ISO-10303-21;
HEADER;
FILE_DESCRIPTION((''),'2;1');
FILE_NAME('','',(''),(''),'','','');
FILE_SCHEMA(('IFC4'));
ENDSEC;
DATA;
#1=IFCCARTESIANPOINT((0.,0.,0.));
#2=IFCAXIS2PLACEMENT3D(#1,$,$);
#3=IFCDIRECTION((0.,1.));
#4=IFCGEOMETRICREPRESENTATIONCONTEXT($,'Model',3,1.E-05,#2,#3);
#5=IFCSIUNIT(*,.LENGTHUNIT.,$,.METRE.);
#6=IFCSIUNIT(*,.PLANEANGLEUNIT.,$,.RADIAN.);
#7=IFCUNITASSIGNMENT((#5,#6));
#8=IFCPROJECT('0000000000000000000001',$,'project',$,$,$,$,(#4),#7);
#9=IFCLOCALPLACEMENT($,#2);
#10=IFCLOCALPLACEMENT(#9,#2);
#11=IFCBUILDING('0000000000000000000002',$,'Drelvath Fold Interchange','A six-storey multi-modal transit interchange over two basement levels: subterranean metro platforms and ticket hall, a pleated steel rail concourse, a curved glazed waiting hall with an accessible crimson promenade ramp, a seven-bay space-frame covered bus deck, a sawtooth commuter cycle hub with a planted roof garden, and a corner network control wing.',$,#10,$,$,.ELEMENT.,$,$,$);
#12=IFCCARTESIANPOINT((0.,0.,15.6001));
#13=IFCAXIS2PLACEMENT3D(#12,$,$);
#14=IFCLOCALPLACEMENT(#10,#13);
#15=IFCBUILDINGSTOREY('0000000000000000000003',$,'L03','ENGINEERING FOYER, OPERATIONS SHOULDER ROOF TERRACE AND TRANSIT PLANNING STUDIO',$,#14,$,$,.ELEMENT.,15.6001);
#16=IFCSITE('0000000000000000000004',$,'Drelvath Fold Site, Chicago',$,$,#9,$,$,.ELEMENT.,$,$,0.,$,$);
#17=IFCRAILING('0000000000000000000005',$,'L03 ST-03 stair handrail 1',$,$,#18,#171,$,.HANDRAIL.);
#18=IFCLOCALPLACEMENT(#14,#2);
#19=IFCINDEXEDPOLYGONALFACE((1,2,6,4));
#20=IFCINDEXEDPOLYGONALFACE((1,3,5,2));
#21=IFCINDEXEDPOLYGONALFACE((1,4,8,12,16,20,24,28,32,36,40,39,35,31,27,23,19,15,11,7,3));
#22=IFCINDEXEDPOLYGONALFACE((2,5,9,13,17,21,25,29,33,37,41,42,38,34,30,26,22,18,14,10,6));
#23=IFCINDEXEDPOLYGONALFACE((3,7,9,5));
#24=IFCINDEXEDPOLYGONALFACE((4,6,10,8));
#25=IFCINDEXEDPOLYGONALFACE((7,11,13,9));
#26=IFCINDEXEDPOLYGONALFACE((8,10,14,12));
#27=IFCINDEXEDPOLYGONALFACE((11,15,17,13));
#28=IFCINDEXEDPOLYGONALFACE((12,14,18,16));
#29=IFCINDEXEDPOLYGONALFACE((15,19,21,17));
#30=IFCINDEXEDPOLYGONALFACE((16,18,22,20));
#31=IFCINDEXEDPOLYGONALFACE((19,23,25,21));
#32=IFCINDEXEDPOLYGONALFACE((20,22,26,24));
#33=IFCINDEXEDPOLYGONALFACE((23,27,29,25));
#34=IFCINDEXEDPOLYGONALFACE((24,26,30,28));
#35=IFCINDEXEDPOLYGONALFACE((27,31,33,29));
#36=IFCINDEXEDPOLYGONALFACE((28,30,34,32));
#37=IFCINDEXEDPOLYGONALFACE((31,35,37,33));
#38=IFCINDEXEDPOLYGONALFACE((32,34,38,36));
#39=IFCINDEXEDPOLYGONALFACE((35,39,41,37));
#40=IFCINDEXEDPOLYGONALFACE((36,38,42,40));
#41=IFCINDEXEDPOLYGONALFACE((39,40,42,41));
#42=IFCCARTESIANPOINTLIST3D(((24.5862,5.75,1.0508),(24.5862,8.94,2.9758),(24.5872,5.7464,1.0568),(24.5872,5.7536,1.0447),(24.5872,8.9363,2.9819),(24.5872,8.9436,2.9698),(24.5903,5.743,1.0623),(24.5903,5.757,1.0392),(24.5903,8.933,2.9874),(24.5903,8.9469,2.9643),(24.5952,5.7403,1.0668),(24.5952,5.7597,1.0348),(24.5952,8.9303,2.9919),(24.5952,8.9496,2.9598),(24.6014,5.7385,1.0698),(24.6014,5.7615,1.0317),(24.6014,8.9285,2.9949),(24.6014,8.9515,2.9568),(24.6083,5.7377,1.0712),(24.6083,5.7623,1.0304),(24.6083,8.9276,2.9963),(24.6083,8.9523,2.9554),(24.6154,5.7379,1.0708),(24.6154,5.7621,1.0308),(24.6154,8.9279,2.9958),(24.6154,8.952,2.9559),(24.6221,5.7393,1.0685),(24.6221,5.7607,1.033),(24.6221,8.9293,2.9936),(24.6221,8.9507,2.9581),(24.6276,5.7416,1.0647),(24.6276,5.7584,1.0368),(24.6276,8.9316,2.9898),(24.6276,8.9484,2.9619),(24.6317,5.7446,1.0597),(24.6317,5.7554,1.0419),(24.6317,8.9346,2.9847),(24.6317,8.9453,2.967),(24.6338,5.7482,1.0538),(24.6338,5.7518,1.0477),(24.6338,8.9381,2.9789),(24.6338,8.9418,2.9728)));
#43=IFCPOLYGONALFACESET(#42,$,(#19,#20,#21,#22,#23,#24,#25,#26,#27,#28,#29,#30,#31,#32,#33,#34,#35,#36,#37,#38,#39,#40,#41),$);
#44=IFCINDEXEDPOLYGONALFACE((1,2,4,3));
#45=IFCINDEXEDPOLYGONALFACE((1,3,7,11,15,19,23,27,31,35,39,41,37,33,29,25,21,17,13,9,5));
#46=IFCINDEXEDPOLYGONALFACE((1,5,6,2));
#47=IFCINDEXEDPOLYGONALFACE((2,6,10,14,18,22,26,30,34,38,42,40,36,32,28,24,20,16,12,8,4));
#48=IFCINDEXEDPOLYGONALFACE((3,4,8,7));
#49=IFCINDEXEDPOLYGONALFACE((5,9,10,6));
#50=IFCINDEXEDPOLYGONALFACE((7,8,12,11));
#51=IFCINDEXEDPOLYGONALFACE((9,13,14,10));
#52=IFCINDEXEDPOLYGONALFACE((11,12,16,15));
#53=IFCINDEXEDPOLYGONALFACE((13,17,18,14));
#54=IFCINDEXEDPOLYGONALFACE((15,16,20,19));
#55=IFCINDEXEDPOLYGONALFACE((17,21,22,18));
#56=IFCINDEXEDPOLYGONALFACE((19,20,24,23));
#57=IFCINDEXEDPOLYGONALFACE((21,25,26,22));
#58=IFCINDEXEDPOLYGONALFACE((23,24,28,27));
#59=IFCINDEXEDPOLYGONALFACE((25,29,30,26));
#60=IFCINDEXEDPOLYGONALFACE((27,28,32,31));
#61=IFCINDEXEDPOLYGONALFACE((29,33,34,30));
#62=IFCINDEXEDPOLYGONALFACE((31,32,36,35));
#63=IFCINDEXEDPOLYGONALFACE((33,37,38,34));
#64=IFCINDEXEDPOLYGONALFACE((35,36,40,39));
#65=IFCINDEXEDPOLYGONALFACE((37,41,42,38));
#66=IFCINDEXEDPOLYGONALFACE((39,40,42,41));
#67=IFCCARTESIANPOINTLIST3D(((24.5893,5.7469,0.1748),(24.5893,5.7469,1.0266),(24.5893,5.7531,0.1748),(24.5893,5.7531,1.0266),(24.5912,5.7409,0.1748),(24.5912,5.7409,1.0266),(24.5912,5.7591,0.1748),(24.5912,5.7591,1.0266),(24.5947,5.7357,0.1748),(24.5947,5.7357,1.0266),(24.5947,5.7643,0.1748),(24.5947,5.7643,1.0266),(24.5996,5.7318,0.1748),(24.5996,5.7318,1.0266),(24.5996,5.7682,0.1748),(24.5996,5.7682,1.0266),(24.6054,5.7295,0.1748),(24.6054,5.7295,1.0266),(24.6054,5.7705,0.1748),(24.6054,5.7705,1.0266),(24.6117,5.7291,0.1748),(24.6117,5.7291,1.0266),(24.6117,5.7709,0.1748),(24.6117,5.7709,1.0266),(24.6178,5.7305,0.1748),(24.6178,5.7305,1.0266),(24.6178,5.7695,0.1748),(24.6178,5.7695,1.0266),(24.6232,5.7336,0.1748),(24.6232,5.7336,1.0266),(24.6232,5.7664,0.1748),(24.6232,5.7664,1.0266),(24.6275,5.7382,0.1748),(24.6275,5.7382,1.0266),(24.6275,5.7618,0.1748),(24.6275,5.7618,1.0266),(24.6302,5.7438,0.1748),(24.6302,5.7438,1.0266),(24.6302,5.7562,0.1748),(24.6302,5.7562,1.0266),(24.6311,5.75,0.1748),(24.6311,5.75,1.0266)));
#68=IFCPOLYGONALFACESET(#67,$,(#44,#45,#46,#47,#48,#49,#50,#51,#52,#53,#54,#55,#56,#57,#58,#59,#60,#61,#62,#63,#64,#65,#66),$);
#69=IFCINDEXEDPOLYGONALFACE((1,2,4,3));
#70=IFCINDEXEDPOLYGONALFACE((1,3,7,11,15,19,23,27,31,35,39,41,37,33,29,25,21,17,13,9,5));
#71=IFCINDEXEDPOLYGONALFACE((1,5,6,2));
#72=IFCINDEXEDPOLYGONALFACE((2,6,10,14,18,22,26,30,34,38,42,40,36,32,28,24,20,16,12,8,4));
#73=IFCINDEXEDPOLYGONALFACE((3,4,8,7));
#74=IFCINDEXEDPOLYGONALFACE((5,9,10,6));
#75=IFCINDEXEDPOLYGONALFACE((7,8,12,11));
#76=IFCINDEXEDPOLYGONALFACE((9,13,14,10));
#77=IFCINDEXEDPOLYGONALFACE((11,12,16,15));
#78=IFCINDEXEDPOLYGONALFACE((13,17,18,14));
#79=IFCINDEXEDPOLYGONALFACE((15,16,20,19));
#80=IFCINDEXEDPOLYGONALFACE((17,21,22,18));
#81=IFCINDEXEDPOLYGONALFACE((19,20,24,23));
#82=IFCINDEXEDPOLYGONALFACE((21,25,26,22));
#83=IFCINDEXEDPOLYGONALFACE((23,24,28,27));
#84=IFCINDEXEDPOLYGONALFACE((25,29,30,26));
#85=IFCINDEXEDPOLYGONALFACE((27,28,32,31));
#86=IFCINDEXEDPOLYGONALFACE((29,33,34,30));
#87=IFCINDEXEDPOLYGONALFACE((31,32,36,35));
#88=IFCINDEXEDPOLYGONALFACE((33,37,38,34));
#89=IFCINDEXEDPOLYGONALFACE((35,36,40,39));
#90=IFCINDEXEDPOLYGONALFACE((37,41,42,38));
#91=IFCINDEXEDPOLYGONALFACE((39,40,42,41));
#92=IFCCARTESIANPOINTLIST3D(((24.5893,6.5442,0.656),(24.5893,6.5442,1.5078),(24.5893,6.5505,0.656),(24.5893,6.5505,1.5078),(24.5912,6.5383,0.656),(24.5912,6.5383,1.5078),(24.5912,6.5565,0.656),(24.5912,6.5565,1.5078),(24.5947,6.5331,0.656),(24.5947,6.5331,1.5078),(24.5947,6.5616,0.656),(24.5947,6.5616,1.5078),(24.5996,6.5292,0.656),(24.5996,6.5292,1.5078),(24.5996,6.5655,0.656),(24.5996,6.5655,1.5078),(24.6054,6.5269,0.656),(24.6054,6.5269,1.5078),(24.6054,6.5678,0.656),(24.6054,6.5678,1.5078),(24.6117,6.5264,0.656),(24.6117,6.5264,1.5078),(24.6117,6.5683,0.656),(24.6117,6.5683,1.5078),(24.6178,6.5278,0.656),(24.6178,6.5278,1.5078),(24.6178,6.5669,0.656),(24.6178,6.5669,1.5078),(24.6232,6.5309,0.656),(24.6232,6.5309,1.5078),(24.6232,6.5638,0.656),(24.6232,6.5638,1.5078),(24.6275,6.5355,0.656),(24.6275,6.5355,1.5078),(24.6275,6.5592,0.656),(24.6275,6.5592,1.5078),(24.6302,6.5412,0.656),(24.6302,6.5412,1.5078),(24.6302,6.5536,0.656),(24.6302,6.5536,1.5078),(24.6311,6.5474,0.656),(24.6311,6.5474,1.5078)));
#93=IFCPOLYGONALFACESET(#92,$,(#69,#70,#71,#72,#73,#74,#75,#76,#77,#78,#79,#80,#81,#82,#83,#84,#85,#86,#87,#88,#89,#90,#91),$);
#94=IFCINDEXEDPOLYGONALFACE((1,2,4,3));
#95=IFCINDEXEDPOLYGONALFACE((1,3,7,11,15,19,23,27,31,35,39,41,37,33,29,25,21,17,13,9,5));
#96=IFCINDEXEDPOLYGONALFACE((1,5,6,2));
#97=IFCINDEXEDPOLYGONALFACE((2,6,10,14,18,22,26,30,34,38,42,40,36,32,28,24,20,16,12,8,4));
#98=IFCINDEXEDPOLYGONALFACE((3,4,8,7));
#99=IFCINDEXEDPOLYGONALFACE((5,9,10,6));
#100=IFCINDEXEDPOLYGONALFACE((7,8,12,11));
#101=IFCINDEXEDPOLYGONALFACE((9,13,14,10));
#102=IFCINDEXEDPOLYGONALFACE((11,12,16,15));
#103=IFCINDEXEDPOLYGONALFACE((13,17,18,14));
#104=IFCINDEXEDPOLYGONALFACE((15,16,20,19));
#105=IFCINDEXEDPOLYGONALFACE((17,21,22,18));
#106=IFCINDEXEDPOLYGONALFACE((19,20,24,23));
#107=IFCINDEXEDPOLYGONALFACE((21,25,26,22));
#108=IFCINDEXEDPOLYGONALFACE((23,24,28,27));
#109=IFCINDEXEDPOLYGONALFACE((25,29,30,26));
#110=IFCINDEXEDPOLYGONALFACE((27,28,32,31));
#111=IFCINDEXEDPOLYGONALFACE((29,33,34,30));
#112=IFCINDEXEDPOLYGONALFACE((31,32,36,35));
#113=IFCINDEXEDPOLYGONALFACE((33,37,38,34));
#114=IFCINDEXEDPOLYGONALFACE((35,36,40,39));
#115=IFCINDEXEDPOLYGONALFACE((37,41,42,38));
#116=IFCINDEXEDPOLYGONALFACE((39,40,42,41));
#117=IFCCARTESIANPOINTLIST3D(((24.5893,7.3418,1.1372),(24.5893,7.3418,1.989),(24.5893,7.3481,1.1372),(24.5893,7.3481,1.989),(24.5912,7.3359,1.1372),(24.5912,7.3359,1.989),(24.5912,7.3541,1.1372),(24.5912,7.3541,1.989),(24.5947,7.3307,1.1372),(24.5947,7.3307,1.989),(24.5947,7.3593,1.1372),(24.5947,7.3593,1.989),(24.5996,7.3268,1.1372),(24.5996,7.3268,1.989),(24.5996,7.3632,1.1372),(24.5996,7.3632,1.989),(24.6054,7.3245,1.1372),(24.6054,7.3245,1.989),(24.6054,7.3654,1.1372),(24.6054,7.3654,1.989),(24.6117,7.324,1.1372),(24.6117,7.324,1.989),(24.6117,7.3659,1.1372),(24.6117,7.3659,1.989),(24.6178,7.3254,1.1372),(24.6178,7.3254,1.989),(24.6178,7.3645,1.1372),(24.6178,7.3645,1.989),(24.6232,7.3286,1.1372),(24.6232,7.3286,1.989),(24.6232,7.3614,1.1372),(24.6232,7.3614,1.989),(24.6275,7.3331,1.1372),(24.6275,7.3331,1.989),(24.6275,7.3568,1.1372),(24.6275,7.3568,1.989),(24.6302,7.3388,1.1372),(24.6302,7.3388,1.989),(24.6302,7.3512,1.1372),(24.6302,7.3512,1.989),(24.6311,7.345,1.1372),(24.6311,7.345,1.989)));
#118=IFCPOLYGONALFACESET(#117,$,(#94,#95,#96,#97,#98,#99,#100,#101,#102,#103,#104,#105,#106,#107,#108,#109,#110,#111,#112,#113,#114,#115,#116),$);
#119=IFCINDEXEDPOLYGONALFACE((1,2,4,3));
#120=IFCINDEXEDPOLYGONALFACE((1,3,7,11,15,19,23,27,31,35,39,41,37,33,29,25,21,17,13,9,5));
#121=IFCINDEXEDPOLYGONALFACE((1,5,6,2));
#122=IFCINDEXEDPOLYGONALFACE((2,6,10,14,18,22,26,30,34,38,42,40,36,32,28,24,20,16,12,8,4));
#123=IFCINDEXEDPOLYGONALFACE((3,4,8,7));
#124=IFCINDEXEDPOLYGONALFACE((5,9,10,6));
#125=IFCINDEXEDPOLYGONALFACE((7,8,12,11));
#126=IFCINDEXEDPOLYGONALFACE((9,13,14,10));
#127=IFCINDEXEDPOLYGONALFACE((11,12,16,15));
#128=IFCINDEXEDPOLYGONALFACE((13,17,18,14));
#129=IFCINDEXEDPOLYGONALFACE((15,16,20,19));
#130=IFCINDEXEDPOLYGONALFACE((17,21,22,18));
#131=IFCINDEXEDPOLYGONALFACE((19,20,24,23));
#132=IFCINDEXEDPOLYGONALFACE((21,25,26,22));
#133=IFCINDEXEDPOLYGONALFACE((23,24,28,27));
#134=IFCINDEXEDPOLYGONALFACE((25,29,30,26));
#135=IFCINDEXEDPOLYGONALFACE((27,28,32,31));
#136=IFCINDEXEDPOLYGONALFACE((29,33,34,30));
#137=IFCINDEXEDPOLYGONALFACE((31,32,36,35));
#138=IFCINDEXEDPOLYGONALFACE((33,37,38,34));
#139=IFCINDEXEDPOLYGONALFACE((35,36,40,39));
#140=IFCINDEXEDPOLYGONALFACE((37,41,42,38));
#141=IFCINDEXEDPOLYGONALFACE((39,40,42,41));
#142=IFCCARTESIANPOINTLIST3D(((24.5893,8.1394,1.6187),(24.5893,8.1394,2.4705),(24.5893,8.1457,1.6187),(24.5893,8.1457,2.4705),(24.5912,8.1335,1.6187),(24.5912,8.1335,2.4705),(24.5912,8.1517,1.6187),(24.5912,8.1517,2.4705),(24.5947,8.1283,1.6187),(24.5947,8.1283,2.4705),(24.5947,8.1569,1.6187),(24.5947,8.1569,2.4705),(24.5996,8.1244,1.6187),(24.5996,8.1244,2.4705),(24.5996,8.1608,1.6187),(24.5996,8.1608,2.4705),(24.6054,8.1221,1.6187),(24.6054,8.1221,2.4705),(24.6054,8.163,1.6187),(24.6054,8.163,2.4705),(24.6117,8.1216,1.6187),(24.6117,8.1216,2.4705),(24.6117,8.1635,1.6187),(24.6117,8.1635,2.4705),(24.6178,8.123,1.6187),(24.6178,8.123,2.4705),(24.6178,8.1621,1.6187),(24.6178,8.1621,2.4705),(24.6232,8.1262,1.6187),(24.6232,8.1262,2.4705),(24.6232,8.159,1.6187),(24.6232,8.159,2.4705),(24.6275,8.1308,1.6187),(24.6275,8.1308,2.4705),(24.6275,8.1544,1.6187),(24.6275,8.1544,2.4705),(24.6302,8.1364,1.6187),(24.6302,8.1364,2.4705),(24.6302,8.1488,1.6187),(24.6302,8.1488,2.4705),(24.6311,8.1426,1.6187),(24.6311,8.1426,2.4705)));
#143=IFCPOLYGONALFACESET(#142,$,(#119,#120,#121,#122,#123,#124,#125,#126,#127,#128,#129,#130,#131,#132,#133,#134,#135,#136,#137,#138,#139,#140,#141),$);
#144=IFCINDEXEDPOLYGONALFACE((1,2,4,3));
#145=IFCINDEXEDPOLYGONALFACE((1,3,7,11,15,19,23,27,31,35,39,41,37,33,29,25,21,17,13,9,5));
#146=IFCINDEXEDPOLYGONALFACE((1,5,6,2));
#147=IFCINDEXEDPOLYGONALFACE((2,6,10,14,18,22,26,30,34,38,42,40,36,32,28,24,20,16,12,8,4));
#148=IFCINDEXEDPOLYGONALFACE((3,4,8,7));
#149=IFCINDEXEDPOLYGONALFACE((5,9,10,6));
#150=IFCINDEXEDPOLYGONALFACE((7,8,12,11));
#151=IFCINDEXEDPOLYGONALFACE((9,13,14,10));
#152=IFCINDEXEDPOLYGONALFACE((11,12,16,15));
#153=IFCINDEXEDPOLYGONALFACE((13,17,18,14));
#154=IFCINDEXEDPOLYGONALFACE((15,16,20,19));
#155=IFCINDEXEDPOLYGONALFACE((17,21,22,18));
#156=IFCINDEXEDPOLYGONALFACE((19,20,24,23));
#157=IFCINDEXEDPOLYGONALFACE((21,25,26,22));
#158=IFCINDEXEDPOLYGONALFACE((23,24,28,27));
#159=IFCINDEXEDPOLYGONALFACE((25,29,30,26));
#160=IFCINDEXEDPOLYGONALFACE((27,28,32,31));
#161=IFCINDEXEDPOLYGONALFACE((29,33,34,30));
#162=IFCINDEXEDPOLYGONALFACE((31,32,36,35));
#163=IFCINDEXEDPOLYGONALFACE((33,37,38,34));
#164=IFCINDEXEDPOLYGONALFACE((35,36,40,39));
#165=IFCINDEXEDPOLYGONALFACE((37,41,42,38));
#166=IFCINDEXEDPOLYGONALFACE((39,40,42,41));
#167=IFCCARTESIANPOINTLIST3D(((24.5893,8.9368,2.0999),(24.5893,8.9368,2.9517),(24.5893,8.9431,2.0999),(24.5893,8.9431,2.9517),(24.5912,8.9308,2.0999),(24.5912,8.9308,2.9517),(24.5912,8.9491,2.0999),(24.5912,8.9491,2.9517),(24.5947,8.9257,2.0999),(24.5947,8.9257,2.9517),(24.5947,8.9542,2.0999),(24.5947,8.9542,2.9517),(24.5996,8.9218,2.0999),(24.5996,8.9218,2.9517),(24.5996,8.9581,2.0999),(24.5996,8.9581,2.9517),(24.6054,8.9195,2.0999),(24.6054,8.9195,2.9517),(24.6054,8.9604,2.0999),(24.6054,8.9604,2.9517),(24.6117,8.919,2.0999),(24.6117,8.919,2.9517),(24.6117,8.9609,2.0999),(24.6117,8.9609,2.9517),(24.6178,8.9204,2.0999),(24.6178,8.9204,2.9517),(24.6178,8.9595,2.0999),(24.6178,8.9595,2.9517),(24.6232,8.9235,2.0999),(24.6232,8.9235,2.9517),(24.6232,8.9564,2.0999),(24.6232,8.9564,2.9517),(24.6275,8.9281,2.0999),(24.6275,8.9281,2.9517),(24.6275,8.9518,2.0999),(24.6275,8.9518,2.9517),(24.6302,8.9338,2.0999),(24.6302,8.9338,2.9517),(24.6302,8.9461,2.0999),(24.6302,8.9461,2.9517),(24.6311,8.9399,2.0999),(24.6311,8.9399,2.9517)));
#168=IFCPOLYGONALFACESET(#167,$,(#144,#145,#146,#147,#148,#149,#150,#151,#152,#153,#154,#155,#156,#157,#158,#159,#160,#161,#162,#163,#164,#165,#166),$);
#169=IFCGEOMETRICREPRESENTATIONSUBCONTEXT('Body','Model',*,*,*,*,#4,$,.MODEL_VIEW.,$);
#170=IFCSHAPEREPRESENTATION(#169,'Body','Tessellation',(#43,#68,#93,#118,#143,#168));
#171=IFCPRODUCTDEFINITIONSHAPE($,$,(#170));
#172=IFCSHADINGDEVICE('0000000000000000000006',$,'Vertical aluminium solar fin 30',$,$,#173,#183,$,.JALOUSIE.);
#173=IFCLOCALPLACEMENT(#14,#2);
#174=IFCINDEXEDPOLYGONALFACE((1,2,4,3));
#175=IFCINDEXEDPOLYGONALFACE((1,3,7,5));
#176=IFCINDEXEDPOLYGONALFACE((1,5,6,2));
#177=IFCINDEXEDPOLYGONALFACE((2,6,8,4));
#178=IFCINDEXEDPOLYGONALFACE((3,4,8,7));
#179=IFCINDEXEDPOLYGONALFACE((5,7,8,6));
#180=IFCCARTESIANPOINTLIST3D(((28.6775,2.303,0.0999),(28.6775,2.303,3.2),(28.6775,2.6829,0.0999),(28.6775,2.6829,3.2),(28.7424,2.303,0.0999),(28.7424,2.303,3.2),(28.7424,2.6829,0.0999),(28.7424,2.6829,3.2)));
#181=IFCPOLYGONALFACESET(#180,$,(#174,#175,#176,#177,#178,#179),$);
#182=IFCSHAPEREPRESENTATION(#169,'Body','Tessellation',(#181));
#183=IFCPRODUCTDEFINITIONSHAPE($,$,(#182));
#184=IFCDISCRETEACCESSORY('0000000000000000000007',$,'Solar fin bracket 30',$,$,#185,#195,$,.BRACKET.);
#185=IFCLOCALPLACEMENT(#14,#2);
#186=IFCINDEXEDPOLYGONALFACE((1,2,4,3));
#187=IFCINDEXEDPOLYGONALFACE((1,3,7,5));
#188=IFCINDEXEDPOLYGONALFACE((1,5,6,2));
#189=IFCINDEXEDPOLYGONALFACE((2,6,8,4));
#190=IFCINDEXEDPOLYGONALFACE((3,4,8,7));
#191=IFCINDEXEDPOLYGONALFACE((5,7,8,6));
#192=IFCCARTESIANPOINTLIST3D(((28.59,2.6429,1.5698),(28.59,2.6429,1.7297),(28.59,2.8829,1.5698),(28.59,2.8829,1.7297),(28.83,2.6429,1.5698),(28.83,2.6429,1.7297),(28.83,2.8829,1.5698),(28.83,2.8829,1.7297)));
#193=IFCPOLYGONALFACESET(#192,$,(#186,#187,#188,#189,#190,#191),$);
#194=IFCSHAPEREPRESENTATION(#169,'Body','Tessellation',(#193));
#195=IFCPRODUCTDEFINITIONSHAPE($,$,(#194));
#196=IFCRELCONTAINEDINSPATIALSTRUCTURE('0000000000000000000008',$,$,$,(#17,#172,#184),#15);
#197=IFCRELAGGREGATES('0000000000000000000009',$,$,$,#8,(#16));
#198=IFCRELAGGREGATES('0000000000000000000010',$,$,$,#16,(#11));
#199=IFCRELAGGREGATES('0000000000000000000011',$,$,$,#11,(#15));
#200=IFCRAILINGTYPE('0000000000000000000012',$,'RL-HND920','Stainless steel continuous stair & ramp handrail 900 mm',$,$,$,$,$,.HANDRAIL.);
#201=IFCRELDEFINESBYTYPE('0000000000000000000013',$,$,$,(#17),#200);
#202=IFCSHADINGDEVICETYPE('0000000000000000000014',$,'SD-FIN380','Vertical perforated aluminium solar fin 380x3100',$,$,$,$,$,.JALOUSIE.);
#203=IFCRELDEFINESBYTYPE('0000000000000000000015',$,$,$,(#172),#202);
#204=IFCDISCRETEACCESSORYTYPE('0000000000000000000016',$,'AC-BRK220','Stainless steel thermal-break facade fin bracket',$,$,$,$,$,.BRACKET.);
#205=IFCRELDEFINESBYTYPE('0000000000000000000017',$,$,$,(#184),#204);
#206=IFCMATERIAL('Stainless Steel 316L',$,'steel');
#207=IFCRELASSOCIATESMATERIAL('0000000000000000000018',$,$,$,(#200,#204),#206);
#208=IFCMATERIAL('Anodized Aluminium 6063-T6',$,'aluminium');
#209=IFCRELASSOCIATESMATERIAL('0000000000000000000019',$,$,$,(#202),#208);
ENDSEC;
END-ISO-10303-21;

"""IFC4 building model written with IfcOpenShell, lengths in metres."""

from ifc_helpers import new_model, si_unit, direction, frame, origin, origin_2d, place, context, subcontext, project, spatial, rectangle, circle, extrude, material, type_object, element, save


model = new_model("IFC4")

# Units and contexts
model_context = context("Model", 3, precision=1e-05, world=origin(), true_north=direction((0.0, 1.0)))
body_context = subcontext(model_context, "Body", "Model", "MODEL_VIEW")
ifc_project = project(units=[si_unit("LENGTHUNIT", "METRE"), si_unit("PLANEANGLEUNIT", "RADIAN")], contexts=[model_context])

# Site, building, storey
site_placement = place(None, origin())
site = spatial("IfcSite", under=ifc_project, at=site_placement, Name="Drelvath Fold Site, Chicago", CompositionType="ELEMENT", RefElevation=0.0)
building_placement = place(site_placement, origin())
building = spatial("IfcBuilding", under=site, at=building_placement, Name="Drelvath Fold Interchange", Description="A six-storey multi-modal transit interchange over two basement levels: subterranean metro platforms and ticket hall, a pleated steel rail concourse, a curved glazed waiting hall with an accessible crimson promenade ramp, a seven-bay space-frame covered bus deck, a sawtooth commuter cycle hub with a planted roof garden, and a corner network control wing.", CompositionType="ELEMENT")
storey_placement = place(building_placement, frame((0.0, 0.0, 15.6001)))
storey = spatial("IfcBuildingStorey", under=building, at=storey_placement, Name="L03", Description="ENGINEERING FOYER, OPERATIONS SHOULDER ROOF TERRACE AND TRANSIT PLANNING STUDIO", CompositionType="ELEMENT", Elevation=15.6001)

# Railing
ifc_material_1 = material(Name="Stainless Steel 316L", Category="steel")
railing_type_1 = type_object("IfcRailingType", Name="RL-HND920", Description="Stainless steel continuous stair & ramp handrail 900 mm", PredefinedType="HANDRAIL", material=ifc_material_1)
railing_1_placement = place(storey_placement, frame((24.6101, 5.75, 0.1748)))
element("IfcRailing", 1, at=railing_1_placement, inside=storey, type_object=railing_type_1, Name="L03 ST-03 stair handrail 1", PredefinedType="HANDRAIL", context=body_context, shape_type="SweptSolid", body=[
    extrude(circle(Radius=0.0239, at=origin_2d()), frame((0.0, 0.0, 0.876), z_axis=(0.0, 0.856178, 0.516682), x_axis=(-1.0, 0.0, 0.0)), (0.0, 0.0, 1.0), 3.7258),
    extrude(circle(Radius=0.021, at=origin_2d()), origin(), (0.0, 0.0, 1.0), 0.8518),
    extrude(circle(Radius=0.021, at=origin_2d()), frame((0.0, 0.7974, 0.4812)), (0.0, 0.0, 1.0), 0.8518),
    extrude(circle(Radius=0.021, at=origin_2d()), frame((0.0, 1.595, 0.9624)), (0.0, 0.0, 1.0), 0.8518),
    extrude(circle(Radius=0.021, at=origin_2d()), frame((0.0, 2.3926, 1.4438)), (0.0, 0.0, 1.0), 0.8518),
    extrude(circle(Radius=0.021, at=origin_2d()), frame((0.0, 3.1899, 1.925)), (0.0, 0.0, 1.0), 0.8518),
])

# Shading device
ifc_material_2 = material(Name="Anodized Aluminium 6063-T6", Category="aluminium")
shading_device_type = type_object("IfcShadingDeviceType", Name="SD-FIN380", Description="Vertical perforated aluminium solar fin 380x3100", PredefinedType="JALOUSIE", material=ifc_material_2)
shading_device_placement = place(storey_placement, frame((28.71, 2.4929, 0.0999), z_axis=(0.0, 0.0, 1.0), x_axis=(0.0, 1.0, 0.0)))
element("IfcShadingDevice", 2, at=shading_device_placement, inside=storey, type_object=shading_device_type, Name="Vertical aluminium solar fin 30", PredefinedType="JALOUSIE", context=body_context, shape_type="SweptSolid", body=[
    extrude(rectangle(XDim=0.3799, YDim=0.0649, at=origin_2d()), origin(), (0.0, 0.0, 1.0), 3.1001),
])

# Discrete accessory
discrete_accessory_type = type_object("IfcDiscreteAccessoryType", Name="AC-BRK220", Description="Stainless steel thermal-break facade fin bracket", PredefinedType="BRACKET", material=ifc_material_1)
discrete_accessory_placement = place(storey_placement, frame((28.71, 2.7629, 1.5698), z_axis=(0.0, 0.0, 1.0), x_axis=(0.0, 1.0, 0.0)))
element("IfcDiscreteAccessory", 3, at=discrete_accessory_placement, inside=storey, type_object=discrete_accessory_type, Name="Solar fin bracket 30", PredefinedType="BRACKET", context=body_context, shape_type="SweptSolid", body=[
    extrude(rectangle(XDim=0.24, YDim=0.24, at=origin_2d()), origin(), (0.0, 0.0, 1.0), 0.1599),
])

save(model, "model.ifc")
